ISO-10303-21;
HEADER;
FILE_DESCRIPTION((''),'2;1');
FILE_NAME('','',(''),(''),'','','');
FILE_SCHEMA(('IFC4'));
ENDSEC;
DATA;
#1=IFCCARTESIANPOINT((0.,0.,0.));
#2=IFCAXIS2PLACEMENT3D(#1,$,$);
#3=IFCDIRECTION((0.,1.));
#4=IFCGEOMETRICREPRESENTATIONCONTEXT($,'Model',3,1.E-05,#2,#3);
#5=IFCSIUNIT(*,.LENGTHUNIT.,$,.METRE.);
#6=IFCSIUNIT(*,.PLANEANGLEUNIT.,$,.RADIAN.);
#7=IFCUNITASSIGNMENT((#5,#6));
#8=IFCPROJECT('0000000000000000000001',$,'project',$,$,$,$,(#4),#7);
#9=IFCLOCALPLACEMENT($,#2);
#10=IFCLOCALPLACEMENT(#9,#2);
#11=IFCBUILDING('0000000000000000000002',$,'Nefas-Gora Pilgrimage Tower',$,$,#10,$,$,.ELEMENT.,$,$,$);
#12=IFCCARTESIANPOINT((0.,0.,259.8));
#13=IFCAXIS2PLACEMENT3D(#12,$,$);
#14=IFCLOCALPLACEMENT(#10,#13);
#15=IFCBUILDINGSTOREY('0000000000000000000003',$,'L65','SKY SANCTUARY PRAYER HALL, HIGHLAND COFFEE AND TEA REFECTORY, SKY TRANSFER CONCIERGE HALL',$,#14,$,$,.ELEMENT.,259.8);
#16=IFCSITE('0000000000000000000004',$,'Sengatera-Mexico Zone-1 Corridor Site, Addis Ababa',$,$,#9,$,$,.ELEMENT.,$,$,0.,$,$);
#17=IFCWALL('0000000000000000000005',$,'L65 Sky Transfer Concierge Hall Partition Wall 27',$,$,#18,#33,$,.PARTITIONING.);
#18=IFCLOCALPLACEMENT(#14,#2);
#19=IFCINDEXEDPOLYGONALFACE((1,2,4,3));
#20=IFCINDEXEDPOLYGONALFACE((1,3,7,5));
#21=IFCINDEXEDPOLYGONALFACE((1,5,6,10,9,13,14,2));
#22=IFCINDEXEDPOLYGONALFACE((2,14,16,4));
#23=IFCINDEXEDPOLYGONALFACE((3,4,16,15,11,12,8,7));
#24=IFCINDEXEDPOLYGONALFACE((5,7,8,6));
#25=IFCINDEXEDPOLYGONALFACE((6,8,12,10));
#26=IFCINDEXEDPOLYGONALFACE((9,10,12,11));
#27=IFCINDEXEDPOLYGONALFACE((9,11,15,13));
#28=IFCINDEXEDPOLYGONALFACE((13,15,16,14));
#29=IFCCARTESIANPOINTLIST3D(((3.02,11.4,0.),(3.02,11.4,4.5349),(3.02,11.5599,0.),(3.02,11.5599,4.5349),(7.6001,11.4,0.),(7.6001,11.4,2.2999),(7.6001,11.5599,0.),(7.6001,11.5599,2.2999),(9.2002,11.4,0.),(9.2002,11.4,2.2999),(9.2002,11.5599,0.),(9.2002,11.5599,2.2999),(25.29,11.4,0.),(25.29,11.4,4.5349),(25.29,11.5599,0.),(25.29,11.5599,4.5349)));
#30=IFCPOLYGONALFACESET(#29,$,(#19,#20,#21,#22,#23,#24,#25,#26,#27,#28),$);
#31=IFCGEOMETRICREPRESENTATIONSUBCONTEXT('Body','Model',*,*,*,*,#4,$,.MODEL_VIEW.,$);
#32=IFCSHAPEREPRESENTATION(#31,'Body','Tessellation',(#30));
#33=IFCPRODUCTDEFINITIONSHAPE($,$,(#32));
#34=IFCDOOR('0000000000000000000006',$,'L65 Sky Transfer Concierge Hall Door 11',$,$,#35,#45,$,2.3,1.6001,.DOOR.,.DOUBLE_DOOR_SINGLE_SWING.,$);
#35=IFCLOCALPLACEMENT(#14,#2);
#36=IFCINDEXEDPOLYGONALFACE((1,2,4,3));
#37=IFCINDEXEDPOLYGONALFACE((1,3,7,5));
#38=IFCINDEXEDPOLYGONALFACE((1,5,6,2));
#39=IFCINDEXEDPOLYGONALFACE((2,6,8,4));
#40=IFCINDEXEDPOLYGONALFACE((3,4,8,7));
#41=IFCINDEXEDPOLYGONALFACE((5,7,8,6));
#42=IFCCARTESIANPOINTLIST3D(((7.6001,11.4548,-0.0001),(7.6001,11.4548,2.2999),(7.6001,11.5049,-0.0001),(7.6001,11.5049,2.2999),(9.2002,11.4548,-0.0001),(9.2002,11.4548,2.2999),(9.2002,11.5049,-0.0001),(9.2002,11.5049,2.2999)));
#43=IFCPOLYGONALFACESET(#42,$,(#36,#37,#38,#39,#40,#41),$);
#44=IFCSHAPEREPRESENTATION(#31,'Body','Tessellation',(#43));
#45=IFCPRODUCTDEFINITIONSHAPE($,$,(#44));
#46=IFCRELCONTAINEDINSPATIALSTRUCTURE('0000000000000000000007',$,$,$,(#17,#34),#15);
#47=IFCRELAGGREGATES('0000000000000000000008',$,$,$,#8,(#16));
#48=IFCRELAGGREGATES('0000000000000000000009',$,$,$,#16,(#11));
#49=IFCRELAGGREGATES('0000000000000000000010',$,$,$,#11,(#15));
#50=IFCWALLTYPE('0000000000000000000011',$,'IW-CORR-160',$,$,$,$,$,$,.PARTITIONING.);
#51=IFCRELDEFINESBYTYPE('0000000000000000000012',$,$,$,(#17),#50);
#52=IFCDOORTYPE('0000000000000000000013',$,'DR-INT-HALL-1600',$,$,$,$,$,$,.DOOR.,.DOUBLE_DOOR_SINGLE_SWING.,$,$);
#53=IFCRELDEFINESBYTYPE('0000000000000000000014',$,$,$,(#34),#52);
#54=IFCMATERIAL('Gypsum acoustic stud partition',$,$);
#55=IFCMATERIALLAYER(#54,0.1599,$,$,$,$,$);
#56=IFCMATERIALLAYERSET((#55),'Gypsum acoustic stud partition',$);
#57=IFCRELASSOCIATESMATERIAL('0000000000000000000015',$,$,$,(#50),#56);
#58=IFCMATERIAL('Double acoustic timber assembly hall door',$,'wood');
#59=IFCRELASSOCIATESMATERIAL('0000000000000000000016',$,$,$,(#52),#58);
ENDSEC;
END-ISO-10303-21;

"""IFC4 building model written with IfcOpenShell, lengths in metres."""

from ifc_helpers import new_model, si_unit, direction, frame, frame_2d, origin, place, context, subcontext, project, spatial, rectangle, extrude, source, transform, mapped, material, layer, layer_set, type_object, element, fill, save


model = new_model("IFC4")

# Units and contexts
model_context = context("Model", 3, precision=1e-05, world=origin(), true_north=direction((0.0, 1.0)))
body_context = subcontext(model_context, "Body", "Model", "MODEL_VIEW")
ifc_project = project(units=[si_unit("LENGTHUNIT", "METRE"), si_unit("PLANEANGLEUNIT", "RADIAN")], contexts=[model_context])

# Site, building, storey
site_placement = place(None, origin())
site = spatial("IfcSite", under=ifc_project, at=site_placement, Name="Sengatera-Mexico Zone-1 Corridor Site, Addis Ababa", CompositionType="ELEMENT", RefElevation=0.0)
building_placement = place(site_placement, origin())
building = spatial("IfcBuilding", under=site, at=building_placement, Name="Nefas-Gora Pilgrimage Tower", CompositionType="ELEMENT")
storey_placement = place(building_placement, frame((0.0, 0.0, 259.8)))
storey = spatial("IfcBuildingStorey", under=building, at=storey_placement, Name="L65", Description="SKY SANCTUARY PRAYER HALL, HIGHLAND COFFEE AND TEA REFECTORY, SKY TRANSFER CONCIERGE HALL", CompositionType="ELEMENT", Elevation=259.8)

# Wall, opening, door
ifc_material_1 = material(Name="Gypsum acoustic stud partition")
ifc_layer_1 = layer(ifc_material_1, 0.1599)
ifc_layer_set_1 = layer_set([ifc_layer_1], Name="Gypsum acoustic stud partition")
wall_type_1 = type_object("IfcWallType", Name="IW-CORR-160", PredefinedType="PARTITIONING", material=ifc_layer_set_1)
shared_shape_1 = source(origin(), body_context, "Body", "SweptSolid", [
    extrude(rectangle(XDim=22.27, YDim=0.1599, at=frame_2d((11.135, 0.0))), origin(), (0.0, 0.0, 1.0), 4.5349),
])
wall_1_placement = place(storey_placement, frame((3.02, 11.48, 0.0), z_axis=(0.0, 0.0, 1.0), x_axis=(1.0, 0.0, 0.0)))
wall_1 = element("IfcWall", 1, at=wall_1_placement, inside=storey, type_object=wall_type_1, Name="L65 Sky Transfer Concierge Hall Partition Wall 27", PredefinedType="PARTITIONING", context=body_context, shape_type="MappedRepresentation", body=[
    mapped(shared_shape_1, transform((0.0, 0.0, 0.0), x_axis=(1.0, 0.0, 0.0), y_axis=(0.0, 1.0, 0.0), z_axis=(0.0, 0.0, 1.0), scale=1.0)),
])
opening_placement = place(wall_1_placement, frame((4.5801, 0.0, 0.0)))
opening = element("IfcOpeningElement", 2, at=opening_placement, cuts=wall_1, PredefinedType="OPENING", context=body_context, shape_type="SweptSolid", body=[
    extrude(rectangle(XDim=1.6001, YDim=2.3, at=frame_2d((0.8, 1.1499))), frame((0.0, 0.0898, 0.0), z_axis=(0.0, -1.0, 0.0), x_axis=(1.0, 0.0, 0.0)), (0.0, 0.0, 1.0), 0.1799),
])
ifc_material_2 = material(Name="Double acoustic timber assembly hall door", Category="wood")
door_type = type_object("IfcDoorType", Name="DR-INT-HALL-1600", OperationType="DOUBLE_DOOR_SINGLE_SWING", PredefinedType="DOOR", material=ifc_material_2)
shared_shape_2 = source(origin(), body_context, "Body", "SweptSolid", [
    extrude(rectangle(XDim=1.6001, YDim=2.3, at=frame_2d((0.8, 1.1499))), frame((0.0, 0.0249, 0.0), z_axis=(0.0, -1.0, 0.0), x_axis=(1.0, 0.0, 0.0)), (0.0, 0.0, 1.0), 0.05),
])
door_placement = place(opening_placement, origin())
door = element("IfcDoor", 3, at=door_placement, inside=storey, type_object=door_type, Name="L65 Sky Transfer Concierge Hall Door 11", OperationType="DOUBLE_DOOR_SINGLE_SWING", OverallHeight=2.3, OverallWidth=1.6001, PredefinedType="DOOR", context=body_context, shape_type="MappedRepresentation", body=[
    mapped(shared_shape_2, transform((0.0, 0.0, 0.0), x_axis=(1.0, 0.0, 0.0), y_axis=(0.0, 1.0, 0.0), z_axis=(0.0, 0.0, 1.0), scale=1.0)),
])
fill(opening, door)

save(model, "model.ifc")
